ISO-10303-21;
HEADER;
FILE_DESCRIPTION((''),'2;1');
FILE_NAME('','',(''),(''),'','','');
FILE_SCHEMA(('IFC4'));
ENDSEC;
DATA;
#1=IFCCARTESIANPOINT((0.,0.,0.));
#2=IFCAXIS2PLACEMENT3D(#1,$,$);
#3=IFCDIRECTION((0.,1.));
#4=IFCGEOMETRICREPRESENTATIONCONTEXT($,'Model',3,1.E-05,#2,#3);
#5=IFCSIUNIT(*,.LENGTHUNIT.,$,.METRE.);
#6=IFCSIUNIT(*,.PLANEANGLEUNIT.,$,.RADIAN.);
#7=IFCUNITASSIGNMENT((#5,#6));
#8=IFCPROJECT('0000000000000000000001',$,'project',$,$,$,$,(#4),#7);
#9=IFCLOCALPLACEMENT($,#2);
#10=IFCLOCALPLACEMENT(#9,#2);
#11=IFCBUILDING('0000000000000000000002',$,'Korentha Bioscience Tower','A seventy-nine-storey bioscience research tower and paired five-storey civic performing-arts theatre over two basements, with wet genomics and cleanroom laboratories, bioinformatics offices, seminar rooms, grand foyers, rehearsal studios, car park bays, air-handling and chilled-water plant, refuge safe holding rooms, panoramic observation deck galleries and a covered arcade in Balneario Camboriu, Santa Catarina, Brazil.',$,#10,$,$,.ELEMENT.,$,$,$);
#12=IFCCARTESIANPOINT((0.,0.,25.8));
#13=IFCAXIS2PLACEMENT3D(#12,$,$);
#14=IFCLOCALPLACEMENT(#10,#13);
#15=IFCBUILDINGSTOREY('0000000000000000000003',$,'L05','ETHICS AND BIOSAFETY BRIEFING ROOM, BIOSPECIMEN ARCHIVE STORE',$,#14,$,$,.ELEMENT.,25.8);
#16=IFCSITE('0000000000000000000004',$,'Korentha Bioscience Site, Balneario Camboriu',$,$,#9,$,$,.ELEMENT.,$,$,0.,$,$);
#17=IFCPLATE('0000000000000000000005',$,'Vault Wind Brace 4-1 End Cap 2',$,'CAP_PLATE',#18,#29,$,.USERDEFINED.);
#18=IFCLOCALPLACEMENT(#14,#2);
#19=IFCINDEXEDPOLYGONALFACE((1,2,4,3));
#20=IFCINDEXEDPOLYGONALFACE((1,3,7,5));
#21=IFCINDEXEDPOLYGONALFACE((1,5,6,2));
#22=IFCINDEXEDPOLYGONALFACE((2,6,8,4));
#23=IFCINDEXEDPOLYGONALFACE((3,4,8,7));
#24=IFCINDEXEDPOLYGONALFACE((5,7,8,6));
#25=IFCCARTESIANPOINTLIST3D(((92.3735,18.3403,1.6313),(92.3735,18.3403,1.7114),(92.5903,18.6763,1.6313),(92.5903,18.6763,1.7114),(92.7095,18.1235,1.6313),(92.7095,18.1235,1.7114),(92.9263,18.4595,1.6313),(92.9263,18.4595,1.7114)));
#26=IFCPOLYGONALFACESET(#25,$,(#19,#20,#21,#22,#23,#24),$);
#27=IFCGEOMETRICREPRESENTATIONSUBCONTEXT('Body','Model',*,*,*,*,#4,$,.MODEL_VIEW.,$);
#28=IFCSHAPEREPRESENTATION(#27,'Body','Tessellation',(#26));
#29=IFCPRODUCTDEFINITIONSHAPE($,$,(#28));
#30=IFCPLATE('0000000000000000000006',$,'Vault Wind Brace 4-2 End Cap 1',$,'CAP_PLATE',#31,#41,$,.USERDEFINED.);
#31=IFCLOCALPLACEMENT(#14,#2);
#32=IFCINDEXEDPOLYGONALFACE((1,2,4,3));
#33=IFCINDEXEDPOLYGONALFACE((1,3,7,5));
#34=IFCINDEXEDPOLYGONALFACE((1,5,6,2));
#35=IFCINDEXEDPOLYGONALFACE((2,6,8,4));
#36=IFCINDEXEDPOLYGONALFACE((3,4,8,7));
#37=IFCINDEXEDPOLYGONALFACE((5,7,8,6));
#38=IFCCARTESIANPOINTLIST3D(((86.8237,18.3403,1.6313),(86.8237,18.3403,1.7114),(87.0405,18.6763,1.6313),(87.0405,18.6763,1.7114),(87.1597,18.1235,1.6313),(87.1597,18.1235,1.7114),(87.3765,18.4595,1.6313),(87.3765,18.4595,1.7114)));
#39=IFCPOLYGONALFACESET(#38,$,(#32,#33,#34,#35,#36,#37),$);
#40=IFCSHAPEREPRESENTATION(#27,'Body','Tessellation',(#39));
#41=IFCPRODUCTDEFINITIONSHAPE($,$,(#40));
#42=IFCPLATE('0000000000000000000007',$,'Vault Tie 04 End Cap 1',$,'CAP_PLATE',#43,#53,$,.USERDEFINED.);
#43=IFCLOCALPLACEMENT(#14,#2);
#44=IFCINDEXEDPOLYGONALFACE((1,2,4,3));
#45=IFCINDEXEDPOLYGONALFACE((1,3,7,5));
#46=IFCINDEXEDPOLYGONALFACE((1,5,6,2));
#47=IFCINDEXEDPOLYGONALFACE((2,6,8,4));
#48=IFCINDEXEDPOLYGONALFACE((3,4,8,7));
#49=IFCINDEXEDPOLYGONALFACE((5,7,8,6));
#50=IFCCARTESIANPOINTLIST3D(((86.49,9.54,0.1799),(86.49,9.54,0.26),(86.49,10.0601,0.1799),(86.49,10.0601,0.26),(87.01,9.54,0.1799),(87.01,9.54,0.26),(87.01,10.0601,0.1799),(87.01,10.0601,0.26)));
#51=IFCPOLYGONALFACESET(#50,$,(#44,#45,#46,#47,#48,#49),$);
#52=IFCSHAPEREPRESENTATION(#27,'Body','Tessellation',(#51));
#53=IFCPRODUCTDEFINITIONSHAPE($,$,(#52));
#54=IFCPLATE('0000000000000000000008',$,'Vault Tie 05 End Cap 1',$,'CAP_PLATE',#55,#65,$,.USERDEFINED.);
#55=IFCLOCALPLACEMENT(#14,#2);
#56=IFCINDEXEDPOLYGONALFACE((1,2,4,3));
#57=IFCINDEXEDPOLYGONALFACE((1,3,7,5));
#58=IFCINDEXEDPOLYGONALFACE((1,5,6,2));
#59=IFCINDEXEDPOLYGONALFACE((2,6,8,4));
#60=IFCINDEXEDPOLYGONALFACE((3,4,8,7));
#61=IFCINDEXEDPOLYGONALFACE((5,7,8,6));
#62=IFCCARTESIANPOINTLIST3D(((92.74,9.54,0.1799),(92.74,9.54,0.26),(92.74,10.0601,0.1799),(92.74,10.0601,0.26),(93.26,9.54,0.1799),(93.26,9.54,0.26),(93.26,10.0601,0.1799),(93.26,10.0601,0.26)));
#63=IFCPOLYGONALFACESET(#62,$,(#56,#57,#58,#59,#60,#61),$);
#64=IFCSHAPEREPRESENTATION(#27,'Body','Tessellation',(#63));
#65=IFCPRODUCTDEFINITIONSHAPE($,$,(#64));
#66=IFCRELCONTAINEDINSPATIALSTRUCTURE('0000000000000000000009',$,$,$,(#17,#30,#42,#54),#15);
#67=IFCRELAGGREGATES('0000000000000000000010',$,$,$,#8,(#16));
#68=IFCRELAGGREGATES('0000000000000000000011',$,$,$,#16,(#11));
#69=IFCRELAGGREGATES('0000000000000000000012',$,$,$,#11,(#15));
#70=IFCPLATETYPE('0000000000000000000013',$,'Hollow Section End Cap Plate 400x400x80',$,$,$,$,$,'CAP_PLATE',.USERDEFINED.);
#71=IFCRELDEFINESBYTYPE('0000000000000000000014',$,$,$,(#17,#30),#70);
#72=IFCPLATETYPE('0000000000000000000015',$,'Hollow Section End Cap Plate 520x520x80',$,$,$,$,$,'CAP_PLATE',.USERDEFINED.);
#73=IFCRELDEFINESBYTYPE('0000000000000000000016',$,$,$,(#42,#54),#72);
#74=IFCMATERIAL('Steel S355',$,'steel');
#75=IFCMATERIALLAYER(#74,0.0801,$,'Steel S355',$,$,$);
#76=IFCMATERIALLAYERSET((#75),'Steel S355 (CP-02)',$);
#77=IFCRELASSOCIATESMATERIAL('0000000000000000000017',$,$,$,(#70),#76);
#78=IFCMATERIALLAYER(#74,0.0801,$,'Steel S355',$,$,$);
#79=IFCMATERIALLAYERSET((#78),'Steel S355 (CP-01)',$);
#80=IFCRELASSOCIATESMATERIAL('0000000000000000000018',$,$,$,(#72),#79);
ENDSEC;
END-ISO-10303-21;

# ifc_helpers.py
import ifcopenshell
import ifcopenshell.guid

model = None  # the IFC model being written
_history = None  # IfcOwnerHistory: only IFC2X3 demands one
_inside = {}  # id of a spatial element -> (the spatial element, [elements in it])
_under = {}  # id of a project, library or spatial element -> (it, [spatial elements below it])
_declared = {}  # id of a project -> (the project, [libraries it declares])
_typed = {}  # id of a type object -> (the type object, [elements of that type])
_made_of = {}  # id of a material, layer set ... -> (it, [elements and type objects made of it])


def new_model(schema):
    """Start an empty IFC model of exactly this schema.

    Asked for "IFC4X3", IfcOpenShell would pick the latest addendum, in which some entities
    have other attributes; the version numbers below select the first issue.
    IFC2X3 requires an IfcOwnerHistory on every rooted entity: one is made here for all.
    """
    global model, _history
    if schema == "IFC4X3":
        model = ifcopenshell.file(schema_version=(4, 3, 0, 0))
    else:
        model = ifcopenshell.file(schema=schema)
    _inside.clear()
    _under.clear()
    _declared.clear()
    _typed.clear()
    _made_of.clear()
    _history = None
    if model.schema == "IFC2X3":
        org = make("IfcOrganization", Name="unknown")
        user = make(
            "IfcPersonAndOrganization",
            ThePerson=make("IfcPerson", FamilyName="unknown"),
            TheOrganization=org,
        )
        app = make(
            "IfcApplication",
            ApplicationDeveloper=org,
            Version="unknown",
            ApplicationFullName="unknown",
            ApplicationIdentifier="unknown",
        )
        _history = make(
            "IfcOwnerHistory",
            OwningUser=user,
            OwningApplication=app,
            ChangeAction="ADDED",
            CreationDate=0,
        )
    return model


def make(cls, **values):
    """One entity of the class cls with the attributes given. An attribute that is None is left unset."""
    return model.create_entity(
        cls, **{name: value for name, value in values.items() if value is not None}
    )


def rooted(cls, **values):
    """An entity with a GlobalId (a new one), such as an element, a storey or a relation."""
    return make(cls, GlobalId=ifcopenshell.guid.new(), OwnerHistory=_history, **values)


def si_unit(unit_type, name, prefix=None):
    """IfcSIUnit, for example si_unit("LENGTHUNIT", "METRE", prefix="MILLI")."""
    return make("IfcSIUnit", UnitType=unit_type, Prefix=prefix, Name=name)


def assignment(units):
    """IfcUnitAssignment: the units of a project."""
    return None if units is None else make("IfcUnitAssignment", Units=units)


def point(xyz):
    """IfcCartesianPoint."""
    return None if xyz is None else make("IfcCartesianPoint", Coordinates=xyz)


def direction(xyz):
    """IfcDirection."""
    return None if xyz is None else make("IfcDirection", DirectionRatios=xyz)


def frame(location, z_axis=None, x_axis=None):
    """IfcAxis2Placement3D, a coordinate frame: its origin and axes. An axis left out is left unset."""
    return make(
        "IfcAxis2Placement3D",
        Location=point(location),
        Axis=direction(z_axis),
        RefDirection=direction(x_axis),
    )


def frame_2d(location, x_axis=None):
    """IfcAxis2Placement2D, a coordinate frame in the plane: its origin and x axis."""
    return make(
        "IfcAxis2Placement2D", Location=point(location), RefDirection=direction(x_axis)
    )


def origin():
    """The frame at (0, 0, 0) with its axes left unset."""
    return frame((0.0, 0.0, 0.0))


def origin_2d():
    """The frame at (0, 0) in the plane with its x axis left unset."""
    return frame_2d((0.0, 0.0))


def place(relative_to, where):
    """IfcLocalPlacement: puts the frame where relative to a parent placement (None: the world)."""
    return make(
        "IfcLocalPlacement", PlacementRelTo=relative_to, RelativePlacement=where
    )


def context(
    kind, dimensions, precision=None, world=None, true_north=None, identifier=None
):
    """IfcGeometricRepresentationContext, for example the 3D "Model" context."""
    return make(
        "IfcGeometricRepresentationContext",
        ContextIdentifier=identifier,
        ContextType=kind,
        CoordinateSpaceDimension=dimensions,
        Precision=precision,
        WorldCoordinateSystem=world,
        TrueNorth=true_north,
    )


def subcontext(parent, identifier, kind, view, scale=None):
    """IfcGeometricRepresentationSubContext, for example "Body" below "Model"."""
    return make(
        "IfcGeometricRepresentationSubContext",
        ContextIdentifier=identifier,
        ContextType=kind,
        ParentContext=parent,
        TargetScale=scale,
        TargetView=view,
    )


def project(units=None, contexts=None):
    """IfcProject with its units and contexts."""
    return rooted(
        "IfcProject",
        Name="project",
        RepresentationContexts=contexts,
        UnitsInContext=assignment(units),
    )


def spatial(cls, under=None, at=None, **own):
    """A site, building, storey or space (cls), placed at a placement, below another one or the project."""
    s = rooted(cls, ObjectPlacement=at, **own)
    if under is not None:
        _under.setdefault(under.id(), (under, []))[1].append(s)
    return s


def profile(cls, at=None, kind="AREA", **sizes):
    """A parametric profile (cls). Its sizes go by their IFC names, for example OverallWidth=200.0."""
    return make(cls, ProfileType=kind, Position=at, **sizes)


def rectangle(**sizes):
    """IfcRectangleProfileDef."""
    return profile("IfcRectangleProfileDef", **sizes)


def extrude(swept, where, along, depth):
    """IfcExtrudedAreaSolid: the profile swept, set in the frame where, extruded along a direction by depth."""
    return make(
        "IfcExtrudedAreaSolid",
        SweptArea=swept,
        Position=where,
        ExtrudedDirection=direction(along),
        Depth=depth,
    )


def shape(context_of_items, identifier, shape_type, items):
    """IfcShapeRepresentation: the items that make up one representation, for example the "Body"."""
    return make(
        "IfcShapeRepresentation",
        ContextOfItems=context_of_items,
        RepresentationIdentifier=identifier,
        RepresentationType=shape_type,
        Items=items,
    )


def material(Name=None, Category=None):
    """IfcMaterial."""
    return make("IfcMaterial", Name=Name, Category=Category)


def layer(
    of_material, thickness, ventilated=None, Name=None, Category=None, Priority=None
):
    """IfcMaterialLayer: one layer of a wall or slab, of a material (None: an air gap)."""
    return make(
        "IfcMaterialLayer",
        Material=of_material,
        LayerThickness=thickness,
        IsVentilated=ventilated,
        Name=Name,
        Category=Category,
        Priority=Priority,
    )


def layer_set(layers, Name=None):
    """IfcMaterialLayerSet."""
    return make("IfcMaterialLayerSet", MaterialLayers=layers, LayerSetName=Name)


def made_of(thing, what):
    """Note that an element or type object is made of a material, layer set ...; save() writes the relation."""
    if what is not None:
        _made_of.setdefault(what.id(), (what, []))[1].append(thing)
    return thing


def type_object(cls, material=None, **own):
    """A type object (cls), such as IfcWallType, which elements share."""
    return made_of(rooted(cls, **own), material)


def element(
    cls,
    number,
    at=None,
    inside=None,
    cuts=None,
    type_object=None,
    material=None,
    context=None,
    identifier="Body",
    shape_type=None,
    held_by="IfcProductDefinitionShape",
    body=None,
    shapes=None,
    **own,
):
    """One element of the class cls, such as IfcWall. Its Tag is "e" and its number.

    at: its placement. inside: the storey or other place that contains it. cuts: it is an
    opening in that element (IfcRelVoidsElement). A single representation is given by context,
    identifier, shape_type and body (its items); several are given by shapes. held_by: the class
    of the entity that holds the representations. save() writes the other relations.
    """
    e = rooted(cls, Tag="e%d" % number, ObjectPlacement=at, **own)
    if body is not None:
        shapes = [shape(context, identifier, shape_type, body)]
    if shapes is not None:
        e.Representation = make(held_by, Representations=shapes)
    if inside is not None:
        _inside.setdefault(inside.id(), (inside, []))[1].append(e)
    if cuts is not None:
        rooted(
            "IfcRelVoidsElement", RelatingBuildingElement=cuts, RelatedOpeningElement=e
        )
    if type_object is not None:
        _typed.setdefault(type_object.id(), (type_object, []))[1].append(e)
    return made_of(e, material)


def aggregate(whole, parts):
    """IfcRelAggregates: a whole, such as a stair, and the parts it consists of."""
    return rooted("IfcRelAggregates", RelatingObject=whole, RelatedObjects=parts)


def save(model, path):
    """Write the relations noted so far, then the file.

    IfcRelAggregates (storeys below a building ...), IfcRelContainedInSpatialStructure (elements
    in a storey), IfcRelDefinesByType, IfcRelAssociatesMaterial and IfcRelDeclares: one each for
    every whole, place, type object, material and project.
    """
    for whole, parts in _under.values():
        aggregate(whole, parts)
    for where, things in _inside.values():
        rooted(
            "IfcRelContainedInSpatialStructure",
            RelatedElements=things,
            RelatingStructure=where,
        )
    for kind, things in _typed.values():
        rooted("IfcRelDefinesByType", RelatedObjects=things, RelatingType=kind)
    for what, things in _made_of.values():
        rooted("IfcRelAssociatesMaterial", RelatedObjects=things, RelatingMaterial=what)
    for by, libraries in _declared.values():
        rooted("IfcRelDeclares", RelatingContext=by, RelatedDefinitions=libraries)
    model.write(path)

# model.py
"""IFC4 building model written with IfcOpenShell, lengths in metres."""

from ifc_helpers import new_model, si_unit, direction, frame, origin, origin_2d, place, context, subcontext, project, spatial, rectangle, extrude, material, layer, layer_set, type_object, element, save


model = new_model("IFC4")

# Units and contexts
model_context = context("Model", 3, precision=1e-05, world=origin(), true_north=direction((0.0, 1.0)))
body_context = subcontext(model_context, "Body", "Model", "MODEL_VIEW")
ifc_project = project(units=[si_unit("LENGTHUNIT", "METRE"), si_unit("PLANEANGLEUNIT", "RADIAN")], contexts=[model_context])

# Site, building, storey
site_placement = place(None, origin())
site = spatial("IfcSite", under=ifc_project, at=site_placement, Name="Korentha Bioscience Site, Balneario Camboriu", CompositionType="ELEMENT", RefElevation=0.0)
building_placement = place(site_placement, origin())
building = spatial("IfcBuilding", under=site, at=building_placement, Name="Korentha Bioscience Tower", Description="A seventy-nine-storey bioscience research tower and paired five-storey civic performing-arts theatre over two basements, with wet genomics and cleanroom laboratories, bioinformatics offices, seminar rooms, grand foyers, rehearsal studios, car park bays, air-handling and chilled-water plant, refuge safe holding rooms, panoramic observation deck galleries and a covered arcade in Balneario Camboriu, Santa Catarina, Brazil.", CompositionType="ELEMENT")
storey_placement = place(building_placement, frame((0.0, 0.0, 25.8)))
storey = spatial("IfcBuildingStorey", under=building, at=storey_placement, Name="L05", Description="ETHICS AND BIOSAFETY BRIEFING ROOM, BIOSPECIMEN ARCHIVE STORE", CompositionType="ELEMENT", Elevation=25.8)

# Shared definitions
ifc_material = material(Name="Steel S355", Category="steel")

# Plates
ifc_layer_1 = layer(ifc_material, 0.0801, Name="Steel S355")
ifc_layer_set_1 = layer_set([ifc_layer_1], Name="Steel S355 (CP-02)")
plate_type_1 = type_object("IfcPlateType", Name="Hollow Section End Cap Plate 400x400x80", ElementType="CAP_PLATE", PredefinedType="USERDEFINED", material=ifc_layer_set_1)
for number, where, z_axis, x_axis, name in (
    (1, (92.6499, 18.3999, 1.6313), (0.0, 0.0, 1.0), (0.542295, 0.840188, 0.0), "Vault Wind Brace 4-1 End Cap 2"),
    (2, (87.1001, 18.3999, 1.6313), (0.0, 0.0, 1.0), (0.542295, 0.840188, 0.0), "Vault Wind Brace 4-2 End Cap 1"),
):
    element("IfcPlate", number, at=place(storey_placement, frame(where, z_axis=z_axis, x_axis=x_axis)), inside=storey, type_object=plate_type_1, Name=name, ObjectType="CAP_PLATE", PredefinedType="USERDEFINED", context=body_context, shape_type="SweptSolid", body=[
        extrude(rectangle(XDim=0.3999, YDim=0.3999, at=origin_2d()), origin(), (0.0, 0.0, 1.0), 0.0801),
    ])
ifc_layer_2 = layer(ifc_material, 0.0801, Name="Steel S355")
ifc_layer_set_2 = layer_set([ifc_layer_2], Name="Steel S355 (CP-01)")
plate_type_2 = type_object("IfcPlateType", Name="Hollow Section End Cap Plate 520x520x80", ElementType="CAP_PLATE", PredefinedType="USERDEFINED", material=ifc_layer_set_2)
for number, where, z_axis, x_axis, name in (
    (3, (86.75, 9.8, 0.1799), (0.0, 0.0, 1.0), (0.0, 1.0, 0.0), "Vault Tie 04 End Cap 1"),
    (4, (93.0, 9.8, 0.1799), (0.0, 0.0, 1.0), (0.0, 1.0, 0.0), "Vault Tie 05 End Cap 1"),
):
    element("IfcPlate", number, at=place(storey_placement, frame(where, z_axis=z_axis, x_axis=x_axis)), inside=storey, type_object=plate_type_2, Name=name, ObjectType="CAP_PLATE", PredefinedType="USERDEFINED", context=body_context, shape_type="SweptSolid", body=[
        extrude(rectangle(XDim=0.52, YDim=0.52, at=origin_2d()), origin(), (0.0, 0.0, 1.0), 0.0801),
    ])

save(model, "model.ifc")
